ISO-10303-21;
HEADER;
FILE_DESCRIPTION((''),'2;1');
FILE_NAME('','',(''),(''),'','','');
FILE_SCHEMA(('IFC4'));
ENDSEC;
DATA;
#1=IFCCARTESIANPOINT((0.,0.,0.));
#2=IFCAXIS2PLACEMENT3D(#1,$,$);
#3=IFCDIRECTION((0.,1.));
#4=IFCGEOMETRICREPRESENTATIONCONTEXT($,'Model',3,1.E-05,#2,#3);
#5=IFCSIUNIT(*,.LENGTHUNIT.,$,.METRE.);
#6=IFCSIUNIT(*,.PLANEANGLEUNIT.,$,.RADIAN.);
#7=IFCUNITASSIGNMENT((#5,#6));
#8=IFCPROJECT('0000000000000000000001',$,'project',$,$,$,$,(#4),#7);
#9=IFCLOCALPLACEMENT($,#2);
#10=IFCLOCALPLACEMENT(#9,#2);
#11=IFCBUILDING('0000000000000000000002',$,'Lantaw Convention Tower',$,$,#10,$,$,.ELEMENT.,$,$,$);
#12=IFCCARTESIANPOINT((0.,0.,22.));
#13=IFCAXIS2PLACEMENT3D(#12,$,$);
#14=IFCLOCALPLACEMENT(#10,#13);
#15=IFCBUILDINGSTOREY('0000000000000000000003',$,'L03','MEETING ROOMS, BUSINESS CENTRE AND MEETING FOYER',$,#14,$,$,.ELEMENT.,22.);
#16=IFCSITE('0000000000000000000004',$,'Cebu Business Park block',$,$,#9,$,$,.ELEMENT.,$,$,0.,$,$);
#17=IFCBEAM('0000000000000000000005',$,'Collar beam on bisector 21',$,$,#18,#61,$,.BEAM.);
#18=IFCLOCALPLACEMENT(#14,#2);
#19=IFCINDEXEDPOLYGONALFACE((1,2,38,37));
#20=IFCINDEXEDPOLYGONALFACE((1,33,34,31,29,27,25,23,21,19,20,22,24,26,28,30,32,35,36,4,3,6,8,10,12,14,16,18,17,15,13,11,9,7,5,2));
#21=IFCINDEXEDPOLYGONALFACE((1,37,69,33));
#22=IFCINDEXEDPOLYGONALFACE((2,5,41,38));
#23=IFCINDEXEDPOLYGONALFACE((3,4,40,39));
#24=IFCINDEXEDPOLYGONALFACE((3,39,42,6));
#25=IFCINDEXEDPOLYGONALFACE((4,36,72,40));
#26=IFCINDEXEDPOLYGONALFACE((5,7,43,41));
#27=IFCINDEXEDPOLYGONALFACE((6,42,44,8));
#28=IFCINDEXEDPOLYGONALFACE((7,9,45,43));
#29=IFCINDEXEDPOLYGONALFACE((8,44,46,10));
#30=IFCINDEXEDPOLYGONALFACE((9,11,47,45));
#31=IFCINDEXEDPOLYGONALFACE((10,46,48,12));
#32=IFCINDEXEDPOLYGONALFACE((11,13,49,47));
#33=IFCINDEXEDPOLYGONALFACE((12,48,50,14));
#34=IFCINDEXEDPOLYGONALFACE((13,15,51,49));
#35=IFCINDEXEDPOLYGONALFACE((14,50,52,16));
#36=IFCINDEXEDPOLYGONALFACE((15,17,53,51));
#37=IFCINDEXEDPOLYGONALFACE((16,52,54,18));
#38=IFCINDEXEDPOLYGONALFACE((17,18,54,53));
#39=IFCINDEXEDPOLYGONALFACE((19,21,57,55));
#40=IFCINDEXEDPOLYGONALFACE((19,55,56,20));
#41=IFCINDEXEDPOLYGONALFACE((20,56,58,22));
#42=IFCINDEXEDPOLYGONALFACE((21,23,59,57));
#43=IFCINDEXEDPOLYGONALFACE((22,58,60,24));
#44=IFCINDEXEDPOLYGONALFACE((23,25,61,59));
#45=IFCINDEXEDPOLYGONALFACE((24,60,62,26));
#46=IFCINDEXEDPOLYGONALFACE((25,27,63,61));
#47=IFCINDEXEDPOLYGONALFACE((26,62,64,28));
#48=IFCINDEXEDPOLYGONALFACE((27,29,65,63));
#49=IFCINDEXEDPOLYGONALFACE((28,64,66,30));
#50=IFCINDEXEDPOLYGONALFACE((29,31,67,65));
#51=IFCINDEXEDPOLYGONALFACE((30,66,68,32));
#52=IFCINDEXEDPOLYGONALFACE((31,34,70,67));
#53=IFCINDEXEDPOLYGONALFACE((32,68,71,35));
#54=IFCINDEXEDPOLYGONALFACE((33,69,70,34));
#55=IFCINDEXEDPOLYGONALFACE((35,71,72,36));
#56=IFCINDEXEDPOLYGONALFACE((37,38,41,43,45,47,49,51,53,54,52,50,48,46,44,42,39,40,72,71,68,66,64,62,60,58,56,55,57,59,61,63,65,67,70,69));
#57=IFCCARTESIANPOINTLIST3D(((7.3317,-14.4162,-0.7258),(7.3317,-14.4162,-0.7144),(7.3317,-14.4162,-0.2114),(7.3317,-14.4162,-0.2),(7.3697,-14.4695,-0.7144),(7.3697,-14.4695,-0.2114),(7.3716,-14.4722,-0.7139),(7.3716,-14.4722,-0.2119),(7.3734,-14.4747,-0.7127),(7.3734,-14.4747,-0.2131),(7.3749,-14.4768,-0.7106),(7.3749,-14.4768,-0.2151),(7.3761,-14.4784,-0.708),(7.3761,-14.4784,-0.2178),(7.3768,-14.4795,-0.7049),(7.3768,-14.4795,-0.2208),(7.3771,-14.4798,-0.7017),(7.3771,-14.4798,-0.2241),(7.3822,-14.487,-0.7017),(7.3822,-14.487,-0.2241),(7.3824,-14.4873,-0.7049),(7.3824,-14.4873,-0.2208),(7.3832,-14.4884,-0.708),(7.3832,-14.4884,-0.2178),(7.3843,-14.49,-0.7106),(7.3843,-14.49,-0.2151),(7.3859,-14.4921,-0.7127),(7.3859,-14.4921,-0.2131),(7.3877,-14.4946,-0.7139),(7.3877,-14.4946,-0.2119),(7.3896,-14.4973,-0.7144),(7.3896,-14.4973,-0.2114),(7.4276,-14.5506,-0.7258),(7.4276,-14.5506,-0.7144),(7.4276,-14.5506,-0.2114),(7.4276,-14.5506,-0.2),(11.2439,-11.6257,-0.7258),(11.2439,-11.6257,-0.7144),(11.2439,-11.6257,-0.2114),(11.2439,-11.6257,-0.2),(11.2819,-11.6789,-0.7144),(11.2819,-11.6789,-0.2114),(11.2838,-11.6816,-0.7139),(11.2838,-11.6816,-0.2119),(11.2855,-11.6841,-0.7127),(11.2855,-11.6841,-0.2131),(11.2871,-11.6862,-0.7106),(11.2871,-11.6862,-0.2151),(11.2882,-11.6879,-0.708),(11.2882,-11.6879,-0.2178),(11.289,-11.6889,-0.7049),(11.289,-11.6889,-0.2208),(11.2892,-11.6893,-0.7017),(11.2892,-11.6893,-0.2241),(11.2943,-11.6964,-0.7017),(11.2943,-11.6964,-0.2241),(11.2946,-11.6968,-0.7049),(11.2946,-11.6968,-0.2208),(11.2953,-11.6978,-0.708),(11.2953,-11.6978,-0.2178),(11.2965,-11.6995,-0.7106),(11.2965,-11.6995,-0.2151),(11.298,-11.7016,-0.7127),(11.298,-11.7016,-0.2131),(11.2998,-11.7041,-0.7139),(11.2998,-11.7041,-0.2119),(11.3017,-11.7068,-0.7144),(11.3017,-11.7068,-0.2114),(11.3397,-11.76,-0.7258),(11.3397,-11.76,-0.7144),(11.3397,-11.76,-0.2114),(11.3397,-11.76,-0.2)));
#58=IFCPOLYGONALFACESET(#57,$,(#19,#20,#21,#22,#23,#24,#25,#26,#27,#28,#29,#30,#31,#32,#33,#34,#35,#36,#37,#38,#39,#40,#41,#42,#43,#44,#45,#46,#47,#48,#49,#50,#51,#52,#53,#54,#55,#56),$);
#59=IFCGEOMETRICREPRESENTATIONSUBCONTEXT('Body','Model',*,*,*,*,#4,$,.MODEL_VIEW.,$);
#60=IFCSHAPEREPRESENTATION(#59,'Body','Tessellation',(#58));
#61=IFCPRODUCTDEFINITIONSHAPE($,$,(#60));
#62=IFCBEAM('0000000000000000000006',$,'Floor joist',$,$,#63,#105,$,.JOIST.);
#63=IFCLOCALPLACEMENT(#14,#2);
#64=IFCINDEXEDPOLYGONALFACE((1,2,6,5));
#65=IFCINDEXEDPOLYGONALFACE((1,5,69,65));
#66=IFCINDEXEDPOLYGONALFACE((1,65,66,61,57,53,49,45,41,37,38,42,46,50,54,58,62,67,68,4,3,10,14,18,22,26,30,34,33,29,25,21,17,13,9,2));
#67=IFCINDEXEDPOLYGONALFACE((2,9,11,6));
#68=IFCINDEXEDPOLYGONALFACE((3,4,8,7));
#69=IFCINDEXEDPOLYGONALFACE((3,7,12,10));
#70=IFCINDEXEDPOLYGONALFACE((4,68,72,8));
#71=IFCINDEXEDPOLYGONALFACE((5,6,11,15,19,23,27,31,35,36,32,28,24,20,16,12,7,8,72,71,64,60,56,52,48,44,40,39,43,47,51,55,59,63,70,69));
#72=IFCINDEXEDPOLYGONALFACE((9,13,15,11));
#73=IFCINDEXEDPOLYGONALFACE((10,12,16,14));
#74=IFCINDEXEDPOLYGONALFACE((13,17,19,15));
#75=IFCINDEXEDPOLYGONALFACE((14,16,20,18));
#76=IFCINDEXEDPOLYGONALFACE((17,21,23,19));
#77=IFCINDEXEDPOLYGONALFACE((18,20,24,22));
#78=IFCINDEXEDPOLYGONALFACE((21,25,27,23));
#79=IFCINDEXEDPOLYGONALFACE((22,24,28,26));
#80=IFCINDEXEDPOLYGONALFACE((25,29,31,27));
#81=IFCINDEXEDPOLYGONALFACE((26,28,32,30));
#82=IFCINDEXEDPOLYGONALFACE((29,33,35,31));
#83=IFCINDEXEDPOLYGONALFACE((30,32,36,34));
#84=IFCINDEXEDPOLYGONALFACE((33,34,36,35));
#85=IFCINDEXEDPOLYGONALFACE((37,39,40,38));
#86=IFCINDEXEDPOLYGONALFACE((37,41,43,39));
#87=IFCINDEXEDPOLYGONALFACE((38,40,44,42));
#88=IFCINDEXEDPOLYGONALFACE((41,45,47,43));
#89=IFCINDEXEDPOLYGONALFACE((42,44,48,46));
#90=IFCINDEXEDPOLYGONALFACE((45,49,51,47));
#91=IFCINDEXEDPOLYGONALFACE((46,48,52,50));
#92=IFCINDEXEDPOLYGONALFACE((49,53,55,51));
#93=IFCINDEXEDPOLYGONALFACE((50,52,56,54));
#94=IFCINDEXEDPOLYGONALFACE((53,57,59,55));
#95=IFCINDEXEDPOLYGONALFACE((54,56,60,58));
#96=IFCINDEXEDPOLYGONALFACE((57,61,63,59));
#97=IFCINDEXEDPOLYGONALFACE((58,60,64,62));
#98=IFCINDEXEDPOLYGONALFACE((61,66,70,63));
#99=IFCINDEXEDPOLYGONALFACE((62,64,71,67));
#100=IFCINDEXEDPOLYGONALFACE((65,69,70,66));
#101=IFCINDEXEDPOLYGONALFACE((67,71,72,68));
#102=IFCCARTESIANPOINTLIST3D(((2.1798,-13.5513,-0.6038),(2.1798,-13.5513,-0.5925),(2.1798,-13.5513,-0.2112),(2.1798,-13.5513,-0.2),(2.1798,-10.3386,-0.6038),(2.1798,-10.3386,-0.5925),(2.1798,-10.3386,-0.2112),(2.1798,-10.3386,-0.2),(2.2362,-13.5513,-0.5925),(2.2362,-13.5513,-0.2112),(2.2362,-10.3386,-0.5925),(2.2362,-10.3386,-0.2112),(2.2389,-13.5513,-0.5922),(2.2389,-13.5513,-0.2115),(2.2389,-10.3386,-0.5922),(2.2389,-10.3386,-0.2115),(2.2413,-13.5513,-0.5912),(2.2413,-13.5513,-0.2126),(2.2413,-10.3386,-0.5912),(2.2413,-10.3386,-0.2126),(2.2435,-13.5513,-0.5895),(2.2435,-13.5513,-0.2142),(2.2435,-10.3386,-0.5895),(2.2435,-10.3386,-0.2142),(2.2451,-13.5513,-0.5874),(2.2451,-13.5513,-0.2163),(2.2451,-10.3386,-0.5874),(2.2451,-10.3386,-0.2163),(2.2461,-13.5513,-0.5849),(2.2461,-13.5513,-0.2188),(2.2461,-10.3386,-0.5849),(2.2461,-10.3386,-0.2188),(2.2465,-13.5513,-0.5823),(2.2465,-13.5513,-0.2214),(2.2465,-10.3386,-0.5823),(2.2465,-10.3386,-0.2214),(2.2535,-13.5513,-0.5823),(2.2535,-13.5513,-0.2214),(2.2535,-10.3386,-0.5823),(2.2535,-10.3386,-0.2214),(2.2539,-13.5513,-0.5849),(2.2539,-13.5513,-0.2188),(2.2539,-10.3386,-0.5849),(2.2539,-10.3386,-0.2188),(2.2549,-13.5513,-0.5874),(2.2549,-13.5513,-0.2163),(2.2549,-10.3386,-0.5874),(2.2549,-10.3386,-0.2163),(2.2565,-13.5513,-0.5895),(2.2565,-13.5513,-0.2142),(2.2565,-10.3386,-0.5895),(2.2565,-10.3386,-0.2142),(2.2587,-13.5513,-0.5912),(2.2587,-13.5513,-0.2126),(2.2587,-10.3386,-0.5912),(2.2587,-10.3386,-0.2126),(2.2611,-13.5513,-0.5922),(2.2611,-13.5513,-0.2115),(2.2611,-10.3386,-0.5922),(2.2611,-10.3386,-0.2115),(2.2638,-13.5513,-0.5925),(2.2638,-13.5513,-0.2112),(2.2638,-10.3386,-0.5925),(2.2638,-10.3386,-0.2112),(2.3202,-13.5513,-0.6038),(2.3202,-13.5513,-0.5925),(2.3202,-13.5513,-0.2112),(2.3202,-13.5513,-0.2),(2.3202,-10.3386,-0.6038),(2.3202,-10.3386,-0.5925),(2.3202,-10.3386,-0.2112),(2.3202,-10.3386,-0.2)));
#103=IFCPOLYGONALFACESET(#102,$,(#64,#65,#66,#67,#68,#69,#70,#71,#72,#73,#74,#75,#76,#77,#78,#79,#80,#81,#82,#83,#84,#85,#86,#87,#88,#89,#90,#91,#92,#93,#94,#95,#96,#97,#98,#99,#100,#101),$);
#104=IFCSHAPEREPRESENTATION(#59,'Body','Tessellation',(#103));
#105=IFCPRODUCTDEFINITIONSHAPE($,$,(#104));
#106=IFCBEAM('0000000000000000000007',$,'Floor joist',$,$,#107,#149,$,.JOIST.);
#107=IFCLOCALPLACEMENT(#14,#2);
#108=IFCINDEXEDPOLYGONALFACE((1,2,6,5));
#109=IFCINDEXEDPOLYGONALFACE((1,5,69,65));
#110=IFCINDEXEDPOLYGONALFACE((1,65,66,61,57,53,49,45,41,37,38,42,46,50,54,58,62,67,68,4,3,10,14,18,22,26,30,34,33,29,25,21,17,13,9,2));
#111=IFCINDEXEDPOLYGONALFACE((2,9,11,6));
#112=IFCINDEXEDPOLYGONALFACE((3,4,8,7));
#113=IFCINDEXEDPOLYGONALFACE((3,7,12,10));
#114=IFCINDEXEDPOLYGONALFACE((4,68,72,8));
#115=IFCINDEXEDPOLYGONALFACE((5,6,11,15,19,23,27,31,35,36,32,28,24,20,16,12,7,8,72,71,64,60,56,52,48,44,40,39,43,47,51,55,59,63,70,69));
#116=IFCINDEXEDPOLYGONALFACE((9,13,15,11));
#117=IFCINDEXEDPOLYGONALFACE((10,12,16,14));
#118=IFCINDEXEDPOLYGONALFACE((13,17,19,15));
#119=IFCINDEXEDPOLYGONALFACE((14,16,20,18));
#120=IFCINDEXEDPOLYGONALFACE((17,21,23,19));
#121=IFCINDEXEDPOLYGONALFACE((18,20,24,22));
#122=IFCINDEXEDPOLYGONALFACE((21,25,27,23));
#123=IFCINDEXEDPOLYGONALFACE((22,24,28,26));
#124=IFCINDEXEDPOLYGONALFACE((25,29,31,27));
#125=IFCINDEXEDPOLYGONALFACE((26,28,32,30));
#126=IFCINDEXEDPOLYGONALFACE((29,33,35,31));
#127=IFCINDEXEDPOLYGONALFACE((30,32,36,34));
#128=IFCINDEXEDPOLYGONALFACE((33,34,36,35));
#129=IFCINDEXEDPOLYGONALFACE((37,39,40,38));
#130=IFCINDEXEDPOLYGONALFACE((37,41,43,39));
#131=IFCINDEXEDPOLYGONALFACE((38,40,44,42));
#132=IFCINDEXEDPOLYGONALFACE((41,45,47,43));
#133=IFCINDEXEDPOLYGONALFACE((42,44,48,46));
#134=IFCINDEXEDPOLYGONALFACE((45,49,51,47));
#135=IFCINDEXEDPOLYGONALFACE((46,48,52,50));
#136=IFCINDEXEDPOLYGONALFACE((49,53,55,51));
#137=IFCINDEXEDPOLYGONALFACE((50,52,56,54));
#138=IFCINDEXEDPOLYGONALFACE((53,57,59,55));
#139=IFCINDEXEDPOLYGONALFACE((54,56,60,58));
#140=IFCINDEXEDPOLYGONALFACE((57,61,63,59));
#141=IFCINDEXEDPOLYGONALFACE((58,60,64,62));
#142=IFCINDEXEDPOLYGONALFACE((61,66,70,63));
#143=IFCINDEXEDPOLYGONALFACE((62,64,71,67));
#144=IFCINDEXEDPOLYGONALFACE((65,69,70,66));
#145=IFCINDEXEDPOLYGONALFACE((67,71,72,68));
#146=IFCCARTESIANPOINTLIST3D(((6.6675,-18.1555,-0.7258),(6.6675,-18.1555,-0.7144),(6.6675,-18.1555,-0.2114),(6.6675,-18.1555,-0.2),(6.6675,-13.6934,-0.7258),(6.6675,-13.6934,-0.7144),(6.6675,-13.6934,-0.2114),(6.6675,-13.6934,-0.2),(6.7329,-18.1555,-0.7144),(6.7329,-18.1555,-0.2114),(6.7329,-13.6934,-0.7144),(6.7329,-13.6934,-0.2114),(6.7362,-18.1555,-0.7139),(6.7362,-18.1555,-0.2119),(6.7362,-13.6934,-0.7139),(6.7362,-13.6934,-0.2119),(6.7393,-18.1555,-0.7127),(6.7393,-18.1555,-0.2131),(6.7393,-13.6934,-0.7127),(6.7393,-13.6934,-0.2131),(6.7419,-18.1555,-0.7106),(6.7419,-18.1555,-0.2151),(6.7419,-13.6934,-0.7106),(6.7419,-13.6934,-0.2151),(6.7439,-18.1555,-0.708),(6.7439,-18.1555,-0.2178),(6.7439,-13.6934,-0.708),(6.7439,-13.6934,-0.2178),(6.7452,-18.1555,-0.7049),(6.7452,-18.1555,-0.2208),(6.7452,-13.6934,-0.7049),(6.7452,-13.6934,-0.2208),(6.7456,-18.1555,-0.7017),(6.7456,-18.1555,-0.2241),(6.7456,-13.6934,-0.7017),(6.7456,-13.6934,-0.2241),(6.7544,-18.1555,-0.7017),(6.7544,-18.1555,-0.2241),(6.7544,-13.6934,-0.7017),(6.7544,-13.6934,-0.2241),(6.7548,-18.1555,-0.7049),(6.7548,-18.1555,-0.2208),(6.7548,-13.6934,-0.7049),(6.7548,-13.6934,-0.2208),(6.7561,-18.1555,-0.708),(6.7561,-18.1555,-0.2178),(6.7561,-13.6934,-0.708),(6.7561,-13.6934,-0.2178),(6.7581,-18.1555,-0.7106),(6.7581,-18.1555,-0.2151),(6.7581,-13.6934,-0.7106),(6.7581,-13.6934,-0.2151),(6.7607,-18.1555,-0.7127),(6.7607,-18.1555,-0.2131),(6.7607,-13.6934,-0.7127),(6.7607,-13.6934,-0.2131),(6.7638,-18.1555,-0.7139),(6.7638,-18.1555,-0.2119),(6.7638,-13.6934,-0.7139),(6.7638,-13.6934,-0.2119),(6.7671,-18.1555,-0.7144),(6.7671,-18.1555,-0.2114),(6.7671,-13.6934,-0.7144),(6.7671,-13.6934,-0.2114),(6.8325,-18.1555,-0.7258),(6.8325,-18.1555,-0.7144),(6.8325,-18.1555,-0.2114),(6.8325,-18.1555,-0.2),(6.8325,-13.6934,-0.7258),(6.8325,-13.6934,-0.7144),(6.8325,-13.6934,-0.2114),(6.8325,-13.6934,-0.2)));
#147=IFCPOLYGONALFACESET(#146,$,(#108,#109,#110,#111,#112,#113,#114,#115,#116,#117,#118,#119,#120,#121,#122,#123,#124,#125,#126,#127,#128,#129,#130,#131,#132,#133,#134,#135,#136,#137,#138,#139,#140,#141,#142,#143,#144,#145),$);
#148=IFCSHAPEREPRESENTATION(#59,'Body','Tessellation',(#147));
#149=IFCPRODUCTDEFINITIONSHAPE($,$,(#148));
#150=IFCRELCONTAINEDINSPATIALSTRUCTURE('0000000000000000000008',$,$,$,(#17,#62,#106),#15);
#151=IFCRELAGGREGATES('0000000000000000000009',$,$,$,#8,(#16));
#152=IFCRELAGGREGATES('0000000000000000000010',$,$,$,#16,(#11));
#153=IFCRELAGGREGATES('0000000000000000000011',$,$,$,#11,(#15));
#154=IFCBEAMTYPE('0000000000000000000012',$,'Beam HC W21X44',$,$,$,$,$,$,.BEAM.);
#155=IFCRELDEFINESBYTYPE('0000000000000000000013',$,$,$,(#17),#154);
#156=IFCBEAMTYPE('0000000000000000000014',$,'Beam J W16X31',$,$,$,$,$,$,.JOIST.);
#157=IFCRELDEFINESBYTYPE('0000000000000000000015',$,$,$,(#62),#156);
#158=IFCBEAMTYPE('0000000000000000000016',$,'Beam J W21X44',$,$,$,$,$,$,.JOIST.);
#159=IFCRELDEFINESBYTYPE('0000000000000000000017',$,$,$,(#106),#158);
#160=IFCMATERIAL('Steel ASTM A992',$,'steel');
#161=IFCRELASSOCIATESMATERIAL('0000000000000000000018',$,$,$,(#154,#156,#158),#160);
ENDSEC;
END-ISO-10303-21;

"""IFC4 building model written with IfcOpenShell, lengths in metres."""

from ifc_helpers import new_model, si_unit, direction, frame, origin, origin_2d, place, context, subcontext, project, spatial, i_section, extrude, material, material_profile, profile_set, type_object, element, save


model = new_model("IFC4")

# Units and contexts
model_context = context("Model", 3, precision=1e-05, world=origin(), true_north=direction((0.0, 1.0)))
body_context = subcontext(model_context, "Body", "Model", "MODEL_VIEW")
ifc_project = project(units=[si_unit("LENGTHUNIT", "METRE"), si_unit("PLANEANGLEUNIT", "RADIAN")], contexts=[model_context])

# Site, building, storey
site_placement = place(None, origin())
site = spatial("IfcSite", under=ifc_project, at=site_placement, Name="Cebu Business Park block", CompositionType="ELEMENT", RefElevation=0.0)
building_placement = place(site_placement, origin())
building = spatial("IfcBuilding", under=site, at=building_placement, Name="Lantaw Convention Tower", CompositionType="ELEMENT")
storey_placement = place(building_placement, frame((0.0, 0.0, 22.0)))
storey = spatial("IfcBuildingStorey", under=building, at=storey_placement, Name="L03", Description="MEETING ROOMS, BUSINESS CENTRE AND MEETING FOYER", CompositionType="ELEMENT", Elevation=22.0)

# Beams
ifc_material_1 = material(Name="Steel ASTM A992", Category="steel")
ifc_material_profile_1 = material_profile(ifc_material_1, i_section(OverallWidth=0.165, OverallDepth=0.5259, WebThickness=0.0088, FlangeThickness=0.0115, FilletRadius=0.0127, at=origin_2d()), Name="W21X44")
ifc_profile_set_1 = profile_set([ifc_material_profile_1], Name="Steel ASTM A992")
beam_type_1 = type_object("IfcBeamType", Name="Beam HC W21X44", PredefinedType="BEAM", material=ifc_profile_set_1)
beam_1_placement = place(storey_placement, frame((7.3796, -14.4834, -0.4629), z_axis=(0.814111, 0.580709, 0.0), x_axis=(-0.580709, 0.814111, 0.0)))
element("IfcBeam", 1, at=beam_1_placement, inside=storey, type_object=beam_type_1, Name="Collar beam on bisector 21", PredefinedType="BEAM", context=body_context, shape_type="SweptSolid", body=[
    extrude(i_section(OverallWidth=0.165, OverallDepth=0.5259, WebThickness=0.0088, FlangeThickness=0.0115, FilletRadius=0.0127, at=origin_2d()), origin(), (0.0, 0.0, 1.0), 4.8054),
])
ifc_material_profile_2 = material_profile(ifc_material_1, i_section(OverallWidth=0.1404, OverallDepth=0.4038, WebThickness=0.0071, FlangeThickness=0.0112, FilletRadius=0.0103, at=origin_2d()), Name="W16X31")
ifc_profile_set_2 = profile_set([ifc_material_profile_2], Name="Steel ASTM A992")
beam_type_2 = type_object("IfcBeamType", Name="Beam J W16X31", PredefinedType="JOIST", material=ifc_profile_set_2)
beam_2_placement = place(storey_placement, frame((2.25, -13.5513, -0.4019), z_axis=(0.0, 1.0, 0.0), x_axis=(-1.0, 0.0, 0.0)))
element("IfcBeam", 2, at=beam_2_placement, inside=storey, type_object=beam_type_2, Name="Floor joist", PredefinedType="JOIST", context=body_context, shape_type="SweptSolid", body=[
    extrude(i_section(OverallWidth=0.1404, OverallDepth=0.4038, WebThickness=0.0071, FlangeThickness=0.0112, FilletRadius=0.0103, at=origin_2d()), origin(), (0.0, 0.0, 1.0), 3.2126),
])
ifc_material_profile_3 = material_profile(ifc_material_1, i_section(OverallWidth=0.165, OverallDepth=0.5259, WebThickness=0.0088, FlangeThickness=0.0115, FilletRadius=0.0127, at=origin_2d()), Name="W21X44")
ifc_profile_set_3 = profile_set([ifc_material_profile_3], Name="Steel ASTM A992")
beam_type_3 = type_object("IfcBeamType", Name="Beam J W21X44", PredefinedType="JOIST", material=ifc_profile_set_3)
beam_3_placement = place(storey_placement, frame((6.75, -18.1555, -0.4629), z_axis=(0.0, 1.0, 0.0), x_axis=(-1.0, 0.0, 0.0)))
element("IfcBeam", 3, at=beam_3_placement, inside=storey, type_object=beam_type_3, Name="Floor joist", PredefinedType="JOIST", context=body_context, shape_type="SweptSolid", body=[
    extrude(i_section(OverallWidth=0.165, OverallDepth=0.5259, WebThickness=0.0088, FlangeThickness=0.0115, FilletRadius=0.0127, at=origin_2d()), origin(), (0.0, 0.0, 1.0), 4.4622),
])

save(model, "model.ifc")
